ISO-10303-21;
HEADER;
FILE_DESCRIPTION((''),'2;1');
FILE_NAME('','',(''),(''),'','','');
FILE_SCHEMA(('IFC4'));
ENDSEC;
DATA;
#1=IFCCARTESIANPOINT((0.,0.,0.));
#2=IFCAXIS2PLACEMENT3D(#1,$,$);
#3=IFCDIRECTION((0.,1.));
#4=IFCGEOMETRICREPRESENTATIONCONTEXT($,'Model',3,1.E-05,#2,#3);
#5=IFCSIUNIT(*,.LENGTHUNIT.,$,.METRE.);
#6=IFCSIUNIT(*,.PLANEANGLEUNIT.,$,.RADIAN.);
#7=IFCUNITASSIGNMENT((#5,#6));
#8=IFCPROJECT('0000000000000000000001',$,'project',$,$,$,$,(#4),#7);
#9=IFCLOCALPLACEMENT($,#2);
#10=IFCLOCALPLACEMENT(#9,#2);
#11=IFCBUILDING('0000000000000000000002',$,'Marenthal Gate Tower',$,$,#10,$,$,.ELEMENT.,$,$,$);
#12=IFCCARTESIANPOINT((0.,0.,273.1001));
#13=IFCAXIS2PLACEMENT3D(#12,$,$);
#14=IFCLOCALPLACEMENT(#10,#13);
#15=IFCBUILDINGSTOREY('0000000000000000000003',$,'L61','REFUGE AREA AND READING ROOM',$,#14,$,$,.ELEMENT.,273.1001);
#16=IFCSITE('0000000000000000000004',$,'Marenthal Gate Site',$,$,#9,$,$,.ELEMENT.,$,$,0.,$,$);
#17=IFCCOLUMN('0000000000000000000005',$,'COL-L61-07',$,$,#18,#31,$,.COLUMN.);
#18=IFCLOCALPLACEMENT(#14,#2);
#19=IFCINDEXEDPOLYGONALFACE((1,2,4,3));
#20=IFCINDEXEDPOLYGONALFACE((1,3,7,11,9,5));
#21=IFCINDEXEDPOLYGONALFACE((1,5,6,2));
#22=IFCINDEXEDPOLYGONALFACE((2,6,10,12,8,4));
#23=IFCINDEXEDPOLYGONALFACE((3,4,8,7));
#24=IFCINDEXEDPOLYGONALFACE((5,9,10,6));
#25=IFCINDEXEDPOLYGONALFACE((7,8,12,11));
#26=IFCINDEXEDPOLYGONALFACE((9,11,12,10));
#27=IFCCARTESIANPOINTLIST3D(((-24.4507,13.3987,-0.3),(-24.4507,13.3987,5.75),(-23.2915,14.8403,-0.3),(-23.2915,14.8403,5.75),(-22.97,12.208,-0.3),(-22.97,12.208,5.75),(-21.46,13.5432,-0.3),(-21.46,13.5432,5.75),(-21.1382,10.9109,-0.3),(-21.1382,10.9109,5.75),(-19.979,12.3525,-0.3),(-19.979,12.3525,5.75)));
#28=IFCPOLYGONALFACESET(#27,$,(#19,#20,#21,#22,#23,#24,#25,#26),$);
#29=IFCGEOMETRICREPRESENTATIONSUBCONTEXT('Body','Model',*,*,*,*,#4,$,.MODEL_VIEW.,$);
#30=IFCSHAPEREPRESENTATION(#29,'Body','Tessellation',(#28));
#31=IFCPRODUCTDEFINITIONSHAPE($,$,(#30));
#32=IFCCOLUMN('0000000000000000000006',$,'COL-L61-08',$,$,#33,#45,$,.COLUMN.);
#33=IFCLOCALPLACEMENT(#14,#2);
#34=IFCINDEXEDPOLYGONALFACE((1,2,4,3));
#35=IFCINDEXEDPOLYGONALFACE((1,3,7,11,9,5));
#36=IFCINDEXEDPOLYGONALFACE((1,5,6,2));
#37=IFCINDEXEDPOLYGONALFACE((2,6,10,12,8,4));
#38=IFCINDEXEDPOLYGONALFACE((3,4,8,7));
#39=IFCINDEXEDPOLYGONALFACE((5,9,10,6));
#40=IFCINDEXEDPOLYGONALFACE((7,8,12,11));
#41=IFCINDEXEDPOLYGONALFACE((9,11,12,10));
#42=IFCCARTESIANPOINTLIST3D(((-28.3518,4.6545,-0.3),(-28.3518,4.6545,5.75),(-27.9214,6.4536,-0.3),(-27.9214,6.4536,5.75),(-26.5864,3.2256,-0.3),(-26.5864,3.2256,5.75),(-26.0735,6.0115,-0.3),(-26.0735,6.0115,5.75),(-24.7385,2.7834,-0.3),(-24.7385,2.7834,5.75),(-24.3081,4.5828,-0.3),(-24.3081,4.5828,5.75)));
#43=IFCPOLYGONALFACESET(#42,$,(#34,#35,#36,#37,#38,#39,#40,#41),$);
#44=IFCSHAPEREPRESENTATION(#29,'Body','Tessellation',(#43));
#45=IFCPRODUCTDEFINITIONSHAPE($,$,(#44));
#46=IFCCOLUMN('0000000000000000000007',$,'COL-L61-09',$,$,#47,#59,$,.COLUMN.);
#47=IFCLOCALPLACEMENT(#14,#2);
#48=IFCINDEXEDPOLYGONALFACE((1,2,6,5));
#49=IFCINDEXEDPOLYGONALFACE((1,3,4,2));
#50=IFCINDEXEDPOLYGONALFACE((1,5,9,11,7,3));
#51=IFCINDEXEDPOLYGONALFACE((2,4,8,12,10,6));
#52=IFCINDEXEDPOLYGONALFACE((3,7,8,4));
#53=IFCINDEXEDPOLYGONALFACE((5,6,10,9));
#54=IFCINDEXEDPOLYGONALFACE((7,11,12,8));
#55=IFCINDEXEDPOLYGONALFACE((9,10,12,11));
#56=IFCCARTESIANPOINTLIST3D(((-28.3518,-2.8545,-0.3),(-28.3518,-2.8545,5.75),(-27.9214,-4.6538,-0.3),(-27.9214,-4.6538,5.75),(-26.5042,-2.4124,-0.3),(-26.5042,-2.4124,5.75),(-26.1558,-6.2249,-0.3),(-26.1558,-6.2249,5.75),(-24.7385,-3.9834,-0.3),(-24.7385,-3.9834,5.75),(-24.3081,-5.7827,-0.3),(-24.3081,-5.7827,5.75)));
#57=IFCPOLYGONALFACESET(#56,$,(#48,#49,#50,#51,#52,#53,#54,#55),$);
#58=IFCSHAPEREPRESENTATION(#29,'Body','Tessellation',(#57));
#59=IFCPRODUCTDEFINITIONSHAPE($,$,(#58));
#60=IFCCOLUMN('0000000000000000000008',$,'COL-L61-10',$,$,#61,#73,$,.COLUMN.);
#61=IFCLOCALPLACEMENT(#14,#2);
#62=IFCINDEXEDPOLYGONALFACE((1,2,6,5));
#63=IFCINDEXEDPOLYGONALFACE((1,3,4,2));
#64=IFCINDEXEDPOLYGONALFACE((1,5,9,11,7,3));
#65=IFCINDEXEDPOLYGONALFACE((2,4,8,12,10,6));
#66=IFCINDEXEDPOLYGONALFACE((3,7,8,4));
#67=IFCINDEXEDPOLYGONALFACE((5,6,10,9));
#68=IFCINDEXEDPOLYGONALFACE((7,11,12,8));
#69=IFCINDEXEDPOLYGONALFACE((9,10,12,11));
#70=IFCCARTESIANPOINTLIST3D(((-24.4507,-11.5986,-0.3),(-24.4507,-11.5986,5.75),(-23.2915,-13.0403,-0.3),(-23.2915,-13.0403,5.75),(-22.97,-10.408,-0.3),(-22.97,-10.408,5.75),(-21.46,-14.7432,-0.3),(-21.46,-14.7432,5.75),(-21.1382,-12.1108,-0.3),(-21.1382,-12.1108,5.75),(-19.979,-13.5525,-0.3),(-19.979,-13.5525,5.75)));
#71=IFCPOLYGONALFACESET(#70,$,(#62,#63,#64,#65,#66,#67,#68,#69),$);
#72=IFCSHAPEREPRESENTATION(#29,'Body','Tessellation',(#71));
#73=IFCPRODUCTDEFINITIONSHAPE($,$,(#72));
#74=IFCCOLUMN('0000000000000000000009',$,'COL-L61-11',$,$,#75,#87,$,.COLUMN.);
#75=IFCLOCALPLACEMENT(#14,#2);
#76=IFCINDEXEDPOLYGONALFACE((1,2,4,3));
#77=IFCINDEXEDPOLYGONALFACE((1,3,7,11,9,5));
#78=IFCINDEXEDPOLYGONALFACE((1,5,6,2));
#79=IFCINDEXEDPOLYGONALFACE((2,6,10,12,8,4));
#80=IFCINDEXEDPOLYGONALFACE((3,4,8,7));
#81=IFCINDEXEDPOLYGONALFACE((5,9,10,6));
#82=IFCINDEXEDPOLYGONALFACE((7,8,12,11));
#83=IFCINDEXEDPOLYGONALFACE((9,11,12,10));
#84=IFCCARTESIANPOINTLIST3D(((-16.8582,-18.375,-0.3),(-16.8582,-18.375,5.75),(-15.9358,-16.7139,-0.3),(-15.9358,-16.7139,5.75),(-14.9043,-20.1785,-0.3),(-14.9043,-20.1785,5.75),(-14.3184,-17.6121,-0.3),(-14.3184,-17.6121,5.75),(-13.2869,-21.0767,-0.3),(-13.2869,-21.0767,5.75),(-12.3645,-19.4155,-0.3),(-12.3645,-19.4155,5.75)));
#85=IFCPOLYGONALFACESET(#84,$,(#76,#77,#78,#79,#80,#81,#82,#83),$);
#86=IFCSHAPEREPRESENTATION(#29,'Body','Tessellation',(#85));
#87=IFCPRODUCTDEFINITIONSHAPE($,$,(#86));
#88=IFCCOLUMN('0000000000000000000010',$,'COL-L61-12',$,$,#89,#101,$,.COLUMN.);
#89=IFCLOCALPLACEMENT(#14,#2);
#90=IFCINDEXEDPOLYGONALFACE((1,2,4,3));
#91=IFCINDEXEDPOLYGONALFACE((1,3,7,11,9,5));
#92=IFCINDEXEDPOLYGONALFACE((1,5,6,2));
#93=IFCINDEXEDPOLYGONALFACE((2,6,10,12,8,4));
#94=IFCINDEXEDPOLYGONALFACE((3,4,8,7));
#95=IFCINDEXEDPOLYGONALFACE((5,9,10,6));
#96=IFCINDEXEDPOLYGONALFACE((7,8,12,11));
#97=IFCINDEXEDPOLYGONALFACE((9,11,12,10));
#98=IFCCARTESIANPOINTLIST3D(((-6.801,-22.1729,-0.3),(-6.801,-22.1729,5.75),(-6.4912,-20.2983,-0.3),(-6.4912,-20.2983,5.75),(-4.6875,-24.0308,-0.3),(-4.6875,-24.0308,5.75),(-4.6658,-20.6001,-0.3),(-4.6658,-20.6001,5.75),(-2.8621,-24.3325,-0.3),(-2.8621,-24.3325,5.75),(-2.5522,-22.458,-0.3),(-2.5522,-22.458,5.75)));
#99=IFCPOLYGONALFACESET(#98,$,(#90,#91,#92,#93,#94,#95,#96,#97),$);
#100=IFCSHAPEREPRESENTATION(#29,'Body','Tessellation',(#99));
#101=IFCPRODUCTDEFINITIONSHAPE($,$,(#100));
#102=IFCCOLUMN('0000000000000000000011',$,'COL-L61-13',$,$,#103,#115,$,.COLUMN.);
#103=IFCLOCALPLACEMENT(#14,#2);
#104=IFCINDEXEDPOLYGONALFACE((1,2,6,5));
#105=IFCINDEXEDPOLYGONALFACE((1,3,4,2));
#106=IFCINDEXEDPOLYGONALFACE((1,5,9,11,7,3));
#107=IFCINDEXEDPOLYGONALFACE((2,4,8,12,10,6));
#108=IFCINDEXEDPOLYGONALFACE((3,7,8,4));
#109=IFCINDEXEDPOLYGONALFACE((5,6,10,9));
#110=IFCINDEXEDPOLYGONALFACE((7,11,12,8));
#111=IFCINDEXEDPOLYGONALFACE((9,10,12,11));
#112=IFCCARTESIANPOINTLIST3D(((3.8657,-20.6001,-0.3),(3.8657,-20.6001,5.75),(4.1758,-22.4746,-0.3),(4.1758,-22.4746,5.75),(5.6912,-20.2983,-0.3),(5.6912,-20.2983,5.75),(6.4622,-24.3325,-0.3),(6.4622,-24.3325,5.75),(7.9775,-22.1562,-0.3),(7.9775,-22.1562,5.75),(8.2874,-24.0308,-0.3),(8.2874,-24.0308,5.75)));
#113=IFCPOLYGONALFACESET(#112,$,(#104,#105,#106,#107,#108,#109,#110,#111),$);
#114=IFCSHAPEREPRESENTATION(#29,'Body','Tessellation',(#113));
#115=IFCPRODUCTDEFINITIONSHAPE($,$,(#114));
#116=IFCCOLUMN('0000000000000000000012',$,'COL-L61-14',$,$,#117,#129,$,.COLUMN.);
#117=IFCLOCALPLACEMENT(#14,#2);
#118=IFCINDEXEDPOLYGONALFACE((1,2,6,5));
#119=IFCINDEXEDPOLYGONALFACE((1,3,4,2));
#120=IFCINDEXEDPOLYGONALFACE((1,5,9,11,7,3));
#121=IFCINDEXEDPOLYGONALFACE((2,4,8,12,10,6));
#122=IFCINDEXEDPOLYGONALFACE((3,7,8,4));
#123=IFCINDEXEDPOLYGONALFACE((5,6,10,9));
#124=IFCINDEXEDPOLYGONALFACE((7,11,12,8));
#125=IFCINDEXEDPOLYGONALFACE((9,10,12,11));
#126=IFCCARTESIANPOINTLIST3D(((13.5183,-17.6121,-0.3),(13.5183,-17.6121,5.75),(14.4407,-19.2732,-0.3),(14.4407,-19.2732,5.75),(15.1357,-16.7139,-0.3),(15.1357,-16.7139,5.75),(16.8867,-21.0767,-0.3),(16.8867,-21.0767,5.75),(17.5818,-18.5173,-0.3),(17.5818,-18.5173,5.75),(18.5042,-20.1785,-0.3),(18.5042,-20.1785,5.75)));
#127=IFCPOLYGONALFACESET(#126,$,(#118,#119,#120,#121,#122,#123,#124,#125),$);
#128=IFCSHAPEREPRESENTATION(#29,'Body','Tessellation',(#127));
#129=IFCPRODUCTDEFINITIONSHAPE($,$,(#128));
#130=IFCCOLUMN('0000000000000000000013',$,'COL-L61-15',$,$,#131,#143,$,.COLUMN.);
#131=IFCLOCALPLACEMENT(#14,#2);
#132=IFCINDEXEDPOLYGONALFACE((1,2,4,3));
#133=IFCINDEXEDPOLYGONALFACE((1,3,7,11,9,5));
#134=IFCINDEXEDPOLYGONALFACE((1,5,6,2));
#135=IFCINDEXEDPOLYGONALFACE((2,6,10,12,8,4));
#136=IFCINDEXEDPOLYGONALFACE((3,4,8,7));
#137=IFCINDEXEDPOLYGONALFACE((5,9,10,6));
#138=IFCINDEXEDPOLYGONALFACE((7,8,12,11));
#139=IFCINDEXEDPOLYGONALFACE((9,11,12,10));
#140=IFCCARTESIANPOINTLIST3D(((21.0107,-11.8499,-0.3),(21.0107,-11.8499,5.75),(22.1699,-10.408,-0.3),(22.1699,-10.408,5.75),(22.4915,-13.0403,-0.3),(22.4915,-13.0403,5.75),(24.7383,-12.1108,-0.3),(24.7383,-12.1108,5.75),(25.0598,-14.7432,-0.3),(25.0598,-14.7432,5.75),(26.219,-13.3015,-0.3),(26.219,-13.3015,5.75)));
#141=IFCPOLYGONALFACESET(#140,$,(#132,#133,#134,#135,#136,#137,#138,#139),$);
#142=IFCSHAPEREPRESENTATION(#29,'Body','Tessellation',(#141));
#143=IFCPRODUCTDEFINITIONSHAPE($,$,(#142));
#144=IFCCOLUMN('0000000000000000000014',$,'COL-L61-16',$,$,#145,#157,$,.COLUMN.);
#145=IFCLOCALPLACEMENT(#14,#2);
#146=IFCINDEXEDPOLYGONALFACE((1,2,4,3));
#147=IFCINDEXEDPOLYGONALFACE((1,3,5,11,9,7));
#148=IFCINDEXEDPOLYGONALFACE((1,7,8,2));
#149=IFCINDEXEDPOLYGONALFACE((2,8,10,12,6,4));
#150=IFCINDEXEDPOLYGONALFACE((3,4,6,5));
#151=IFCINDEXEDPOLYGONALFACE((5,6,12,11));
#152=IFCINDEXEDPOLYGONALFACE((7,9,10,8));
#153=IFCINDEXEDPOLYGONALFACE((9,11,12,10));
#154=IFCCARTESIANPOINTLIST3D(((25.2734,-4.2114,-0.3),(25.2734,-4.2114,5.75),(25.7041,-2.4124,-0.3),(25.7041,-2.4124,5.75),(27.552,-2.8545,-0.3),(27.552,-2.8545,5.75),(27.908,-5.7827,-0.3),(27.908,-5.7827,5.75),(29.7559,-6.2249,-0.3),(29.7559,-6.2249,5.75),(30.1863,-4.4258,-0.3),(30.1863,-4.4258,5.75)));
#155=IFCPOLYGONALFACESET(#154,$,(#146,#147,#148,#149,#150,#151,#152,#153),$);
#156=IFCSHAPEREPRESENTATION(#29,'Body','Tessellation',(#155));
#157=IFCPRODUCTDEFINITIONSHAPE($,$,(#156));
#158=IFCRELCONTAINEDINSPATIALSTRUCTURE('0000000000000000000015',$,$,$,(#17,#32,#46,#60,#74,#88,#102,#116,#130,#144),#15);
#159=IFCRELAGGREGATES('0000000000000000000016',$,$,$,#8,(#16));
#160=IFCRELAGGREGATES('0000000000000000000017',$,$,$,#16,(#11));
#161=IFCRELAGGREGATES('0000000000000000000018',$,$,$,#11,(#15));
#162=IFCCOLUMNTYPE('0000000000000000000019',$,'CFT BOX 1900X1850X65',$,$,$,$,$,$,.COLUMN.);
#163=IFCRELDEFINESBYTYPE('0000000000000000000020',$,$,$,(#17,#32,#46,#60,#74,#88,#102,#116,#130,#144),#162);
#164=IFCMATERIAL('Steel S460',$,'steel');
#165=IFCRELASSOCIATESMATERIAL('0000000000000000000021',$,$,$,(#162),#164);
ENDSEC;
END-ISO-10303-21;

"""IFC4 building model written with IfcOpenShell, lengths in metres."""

from ifc_helpers import new_model, si_unit, direction, frame, origin, origin_2d, place, context, subcontext, project, spatial, polyline, rectangle, hollow_rectangle, outline, extrude, material, material_profile, profile_set, type_object, element, save


model = new_model("IFC4")

# Units and contexts
model_context = context("Model", 3, precision=1e-05, world=origin(), true_north=direction((0.0, 1.0)))
body_context = subcontext(model_context, "Body", "Model", "MODEL_VIEW")
ifc_project = project(units=[si_unit("LENGTHUNIT", "METRE"), si_unit("PLANEANGLEUNIT", "RADIAN")], contexts=[model_context])

# Site, building, storey
site_placement = place(None, origin())
site = spatial("IfcSite", under=ifc_project, at=site_placement, Name="Marenthal Gate Site", CompositionType="ELEMENT", RefElevation=0.0)
building_placement = place(site_placement, origin())
building = spatial("IfcBuilding", under=site, at=building_placement, Name="Marenthal Gate Tower", CompositionType="ELEMENT")
storey_placement = place(building_placement, frame((0.0, 0.0, 273.1001)))
storey = spatial("IfcBuildingStorey", under=building, at=storey_placement, Name="L61", Description="REFUGE AREA AND READING ROOM", CompositionType="ELEMENT", Elevation=273.1001)

# Columns
ifc_material_1 = material(Name="Steel S460", Category="steel")
ifc_material_profile_1 = material_profile(ifc_material_1, hollow_rectangle(XDim=1.8501, YDim=1.8999, WallThickness=0.0649, at=origin_2d()), Name="CFT BOX 1900X1850X65")
ifc_material_2 = material(Name="Concrete 70 MPa", Category="concrete")
ifc_material_profile_2 = material_profile(ifc_material_2, rectangle(XDim=1.72, YDim=1.77, at=origin_2d()), Name="CFT BOX 1900X1850X65 INFILL")
ifc_profile_set = profile_set([ifc_material_profile_1, ifc_material_profile_2], Name="Steel S460 shell, Concrete 70 MPa infill")
column_type = type_object("IfcColumnType", Name="CFT BOX 1900X1850X65", PredefinedType="COLUMN", material=ifc_profile_set)
column_1_placement = place(storey_placement, frame((0.0, 0.0, -0.3)))
element("IfcColumn", 1, at=column_1_placement, inside=storey, type_object=column_type, Name="COL-L61-07", PredefinedType="COLUMN", context=body_context, shape_type="SweptSolid", body=[
    extrude(outline(polyline([(-21.1382, 10.9109), (-22.97, 12.208), (-24.4507, 13.3987), (-23.2915, 14.8403), (-21.46, 13.5432), (-19.979, 12.3525), (-21.1382, 10.9109)])), origin(), (0.0, 0.0, 1.0), 6.05),
])
column_2_placement = place(storey_placement, frame((0.0, 0.0, -0.3)))
element("IfcColumn", 2, at=column_2_placement, inside=storey, type_object=column_type, Name="COL-L61-08", PredefinedType="COLUMN", context=body_context, shape_type="SweptSolid", body=[
    extrude(outline(polyline([(-24.7385, 2.7834), (-26.5864, 3.2256), (-28.3518, 4.6545), (-27.9214, 6.4536), (-26.0735, 6.0115), (-24.3081, 4.5828), (-24.7385, 2.7834)])), origin(), (0.0, 0.0, 1.0), 6.05),
])
column_3_placement = place(storey_placement, frame((0.0, 0.0, -0.3)))
element("IfcColumn", 3, at=column_3_placement, inside=storey, type_object=column_type, Name="COL-L61-09", PredefinedType="COLUMN", context=body_context, shape_type="SweptSolid", body=[
    extrude(outline(polyline([(-26.1558, -6.2249), (-27.9214, -4.6538), (-28.3518, -2.8545), (-26.5042, -2.4124), (-24.7385, -3.9834), (-24.3081, -5.7827), (-26.1558, -6.2249)])), origin(), (0.0, 0.0, 1.0), 6.05),
])
column_4_placement = place(storey_placement, frame((0.0, 0.0, -0.3)))
element("IfcColumn", 4, at=column_4_placement, inside=storey, type_object=column_type, Name="COL-L61-10", PredefinedType="COLUMN", context=body_context, shape_type="SweptSolid", body=[
    extrude(outline(polyline([(-21.46, -14.7432), (-23.2915, -13.0403), (-24.4507, -11.5986), (-22.97, -10.408), (-21.1382, -12.1108), (-19.979, -13.5525), (-21.46, -14.7432)])), origin(), (0.0, 0.0, 1.0), 6.05),
])
column_5_placement = place(storey_placement, frame((0.0, 0.0, -0.3)))
element("IfcColumn", 5, at=column_5_placement, inside=storey, type_object=column_type, Name="COL-L61-11", PredefinedType="COLUMN", context=body_context, shape_type="SweptSolid", body=[
    extrude(outline(polyline([(-13.2869, -21.0767), (-14.9043, -20.1785), (-16.8582, -18.375), (-15.9358, -16.7139), (-14.3184, -17.6121), (-12.3645, -19.4155), (-13.2869, -21.0767)])), origin(), (0.0, 0.0, 1.0), 6.05),
])
column_6_placement = place(storey_placement, frame((0.0, 0.0, -0.3)))
element("IfcColumn", 6, at=column_6_placement, inside=storey, type_object=column_type, Name="COL-L61-12", PredefinedType="COLUMN", context=body_context, shape_type="SweptSolid", body=[
    extrude(outline(polyline([(-2.8621, -24.3325), (-4.6875, -24.0308), (-6.801, -22.1729), (-6.4912, -20.2983), (-4.6658, -20.6001), (-2.5522, -22.458), (-2.8621, -24.3325)])), origin(), (0.0, 0.0, 1.0), 6.05),
])
column_7_placement = place(storey_placement, frame((0.0, 0.0, -0.3)))
element("IfcColumn", 7, at=column_7_placement, inside=storey, type_object=column_type, Name="COL-L61-13", PredefinedType="COLUMN", context=body_context, shape_type="SweptSolid", body=[
    extrude(outline(polyline([(6.4622, -24.3325), (4.1758, -22.4746), (3.8657, -20.6001), (5.6912, -20.2983), (7.9775, -22.1562), (8.2874, -24.0308), (6.4622, -24.3325)])), origin(), (0.0, 0.0, 1.0), 6.05),
])
column_8_placement = place(storey_placement, frame((0.0, 0.0, -0.3)))
element("IfcColumn", 8, at=column_8_placement, inside=storey, type_object=column_type, Name="COL-L61-14", PredefinedType="COLUMN", context=body_context, shape_type="SweptSolid", body=[
    extrude(outline(polyline([(16.8867, -21.0767), (14.4407, -19.2732), (13.5183, -17.6121), (15.1357, -16.7139), (17.5818, -18.5173), (18.5042, -20.1785), (16.8867, -21.0767)])), origin(), (0.0, 0.0, 1.0), 6.05),
])
column_9_placement = place(storey_placement, frame((0.0, 0.0, -0.3)))
element("IfcColumn", 9, at=column_9_placement, inside=storey, type_object=column_type, Name="COL-L61-15", PredefinedType="COLUMN", context=body_context, shape_type="SweptSolid", body=[
    extrude(outline(polyline([(25.0598, -14.7432), (22.4915, -13.0403), (21.0107, -11.8499), (22.1699, -10.408), (24.7383, -12.1108), (26.219, -13.3015), (25.0598, -14.7432)])), origin(), (0.0, 0.0, 1.0), 6.05),
])
column_10_placement = place(storey_placement, frame((0.0, 0.0, -0.3)))
element("IfcColumn", 10, at=column_10_placement, inside=storey, type_object=column_type, Name="COL-L61-16", PredefinedType="COLUMN", context=body_context, shape_type="SweptSolid", body=[
    extrude(outline(polyline([(29.7559, -6.2249), (27.908, -5.7827), (25.2734, -4.2114), (25.7041, -2.4124), (27.552, -2.8545), (30.1863, -4.4258), (29.7559, -6.2249)])), origin(), (0.0, 0.0, 1.0), 6.05),
])

save(model, "model.ifc")
